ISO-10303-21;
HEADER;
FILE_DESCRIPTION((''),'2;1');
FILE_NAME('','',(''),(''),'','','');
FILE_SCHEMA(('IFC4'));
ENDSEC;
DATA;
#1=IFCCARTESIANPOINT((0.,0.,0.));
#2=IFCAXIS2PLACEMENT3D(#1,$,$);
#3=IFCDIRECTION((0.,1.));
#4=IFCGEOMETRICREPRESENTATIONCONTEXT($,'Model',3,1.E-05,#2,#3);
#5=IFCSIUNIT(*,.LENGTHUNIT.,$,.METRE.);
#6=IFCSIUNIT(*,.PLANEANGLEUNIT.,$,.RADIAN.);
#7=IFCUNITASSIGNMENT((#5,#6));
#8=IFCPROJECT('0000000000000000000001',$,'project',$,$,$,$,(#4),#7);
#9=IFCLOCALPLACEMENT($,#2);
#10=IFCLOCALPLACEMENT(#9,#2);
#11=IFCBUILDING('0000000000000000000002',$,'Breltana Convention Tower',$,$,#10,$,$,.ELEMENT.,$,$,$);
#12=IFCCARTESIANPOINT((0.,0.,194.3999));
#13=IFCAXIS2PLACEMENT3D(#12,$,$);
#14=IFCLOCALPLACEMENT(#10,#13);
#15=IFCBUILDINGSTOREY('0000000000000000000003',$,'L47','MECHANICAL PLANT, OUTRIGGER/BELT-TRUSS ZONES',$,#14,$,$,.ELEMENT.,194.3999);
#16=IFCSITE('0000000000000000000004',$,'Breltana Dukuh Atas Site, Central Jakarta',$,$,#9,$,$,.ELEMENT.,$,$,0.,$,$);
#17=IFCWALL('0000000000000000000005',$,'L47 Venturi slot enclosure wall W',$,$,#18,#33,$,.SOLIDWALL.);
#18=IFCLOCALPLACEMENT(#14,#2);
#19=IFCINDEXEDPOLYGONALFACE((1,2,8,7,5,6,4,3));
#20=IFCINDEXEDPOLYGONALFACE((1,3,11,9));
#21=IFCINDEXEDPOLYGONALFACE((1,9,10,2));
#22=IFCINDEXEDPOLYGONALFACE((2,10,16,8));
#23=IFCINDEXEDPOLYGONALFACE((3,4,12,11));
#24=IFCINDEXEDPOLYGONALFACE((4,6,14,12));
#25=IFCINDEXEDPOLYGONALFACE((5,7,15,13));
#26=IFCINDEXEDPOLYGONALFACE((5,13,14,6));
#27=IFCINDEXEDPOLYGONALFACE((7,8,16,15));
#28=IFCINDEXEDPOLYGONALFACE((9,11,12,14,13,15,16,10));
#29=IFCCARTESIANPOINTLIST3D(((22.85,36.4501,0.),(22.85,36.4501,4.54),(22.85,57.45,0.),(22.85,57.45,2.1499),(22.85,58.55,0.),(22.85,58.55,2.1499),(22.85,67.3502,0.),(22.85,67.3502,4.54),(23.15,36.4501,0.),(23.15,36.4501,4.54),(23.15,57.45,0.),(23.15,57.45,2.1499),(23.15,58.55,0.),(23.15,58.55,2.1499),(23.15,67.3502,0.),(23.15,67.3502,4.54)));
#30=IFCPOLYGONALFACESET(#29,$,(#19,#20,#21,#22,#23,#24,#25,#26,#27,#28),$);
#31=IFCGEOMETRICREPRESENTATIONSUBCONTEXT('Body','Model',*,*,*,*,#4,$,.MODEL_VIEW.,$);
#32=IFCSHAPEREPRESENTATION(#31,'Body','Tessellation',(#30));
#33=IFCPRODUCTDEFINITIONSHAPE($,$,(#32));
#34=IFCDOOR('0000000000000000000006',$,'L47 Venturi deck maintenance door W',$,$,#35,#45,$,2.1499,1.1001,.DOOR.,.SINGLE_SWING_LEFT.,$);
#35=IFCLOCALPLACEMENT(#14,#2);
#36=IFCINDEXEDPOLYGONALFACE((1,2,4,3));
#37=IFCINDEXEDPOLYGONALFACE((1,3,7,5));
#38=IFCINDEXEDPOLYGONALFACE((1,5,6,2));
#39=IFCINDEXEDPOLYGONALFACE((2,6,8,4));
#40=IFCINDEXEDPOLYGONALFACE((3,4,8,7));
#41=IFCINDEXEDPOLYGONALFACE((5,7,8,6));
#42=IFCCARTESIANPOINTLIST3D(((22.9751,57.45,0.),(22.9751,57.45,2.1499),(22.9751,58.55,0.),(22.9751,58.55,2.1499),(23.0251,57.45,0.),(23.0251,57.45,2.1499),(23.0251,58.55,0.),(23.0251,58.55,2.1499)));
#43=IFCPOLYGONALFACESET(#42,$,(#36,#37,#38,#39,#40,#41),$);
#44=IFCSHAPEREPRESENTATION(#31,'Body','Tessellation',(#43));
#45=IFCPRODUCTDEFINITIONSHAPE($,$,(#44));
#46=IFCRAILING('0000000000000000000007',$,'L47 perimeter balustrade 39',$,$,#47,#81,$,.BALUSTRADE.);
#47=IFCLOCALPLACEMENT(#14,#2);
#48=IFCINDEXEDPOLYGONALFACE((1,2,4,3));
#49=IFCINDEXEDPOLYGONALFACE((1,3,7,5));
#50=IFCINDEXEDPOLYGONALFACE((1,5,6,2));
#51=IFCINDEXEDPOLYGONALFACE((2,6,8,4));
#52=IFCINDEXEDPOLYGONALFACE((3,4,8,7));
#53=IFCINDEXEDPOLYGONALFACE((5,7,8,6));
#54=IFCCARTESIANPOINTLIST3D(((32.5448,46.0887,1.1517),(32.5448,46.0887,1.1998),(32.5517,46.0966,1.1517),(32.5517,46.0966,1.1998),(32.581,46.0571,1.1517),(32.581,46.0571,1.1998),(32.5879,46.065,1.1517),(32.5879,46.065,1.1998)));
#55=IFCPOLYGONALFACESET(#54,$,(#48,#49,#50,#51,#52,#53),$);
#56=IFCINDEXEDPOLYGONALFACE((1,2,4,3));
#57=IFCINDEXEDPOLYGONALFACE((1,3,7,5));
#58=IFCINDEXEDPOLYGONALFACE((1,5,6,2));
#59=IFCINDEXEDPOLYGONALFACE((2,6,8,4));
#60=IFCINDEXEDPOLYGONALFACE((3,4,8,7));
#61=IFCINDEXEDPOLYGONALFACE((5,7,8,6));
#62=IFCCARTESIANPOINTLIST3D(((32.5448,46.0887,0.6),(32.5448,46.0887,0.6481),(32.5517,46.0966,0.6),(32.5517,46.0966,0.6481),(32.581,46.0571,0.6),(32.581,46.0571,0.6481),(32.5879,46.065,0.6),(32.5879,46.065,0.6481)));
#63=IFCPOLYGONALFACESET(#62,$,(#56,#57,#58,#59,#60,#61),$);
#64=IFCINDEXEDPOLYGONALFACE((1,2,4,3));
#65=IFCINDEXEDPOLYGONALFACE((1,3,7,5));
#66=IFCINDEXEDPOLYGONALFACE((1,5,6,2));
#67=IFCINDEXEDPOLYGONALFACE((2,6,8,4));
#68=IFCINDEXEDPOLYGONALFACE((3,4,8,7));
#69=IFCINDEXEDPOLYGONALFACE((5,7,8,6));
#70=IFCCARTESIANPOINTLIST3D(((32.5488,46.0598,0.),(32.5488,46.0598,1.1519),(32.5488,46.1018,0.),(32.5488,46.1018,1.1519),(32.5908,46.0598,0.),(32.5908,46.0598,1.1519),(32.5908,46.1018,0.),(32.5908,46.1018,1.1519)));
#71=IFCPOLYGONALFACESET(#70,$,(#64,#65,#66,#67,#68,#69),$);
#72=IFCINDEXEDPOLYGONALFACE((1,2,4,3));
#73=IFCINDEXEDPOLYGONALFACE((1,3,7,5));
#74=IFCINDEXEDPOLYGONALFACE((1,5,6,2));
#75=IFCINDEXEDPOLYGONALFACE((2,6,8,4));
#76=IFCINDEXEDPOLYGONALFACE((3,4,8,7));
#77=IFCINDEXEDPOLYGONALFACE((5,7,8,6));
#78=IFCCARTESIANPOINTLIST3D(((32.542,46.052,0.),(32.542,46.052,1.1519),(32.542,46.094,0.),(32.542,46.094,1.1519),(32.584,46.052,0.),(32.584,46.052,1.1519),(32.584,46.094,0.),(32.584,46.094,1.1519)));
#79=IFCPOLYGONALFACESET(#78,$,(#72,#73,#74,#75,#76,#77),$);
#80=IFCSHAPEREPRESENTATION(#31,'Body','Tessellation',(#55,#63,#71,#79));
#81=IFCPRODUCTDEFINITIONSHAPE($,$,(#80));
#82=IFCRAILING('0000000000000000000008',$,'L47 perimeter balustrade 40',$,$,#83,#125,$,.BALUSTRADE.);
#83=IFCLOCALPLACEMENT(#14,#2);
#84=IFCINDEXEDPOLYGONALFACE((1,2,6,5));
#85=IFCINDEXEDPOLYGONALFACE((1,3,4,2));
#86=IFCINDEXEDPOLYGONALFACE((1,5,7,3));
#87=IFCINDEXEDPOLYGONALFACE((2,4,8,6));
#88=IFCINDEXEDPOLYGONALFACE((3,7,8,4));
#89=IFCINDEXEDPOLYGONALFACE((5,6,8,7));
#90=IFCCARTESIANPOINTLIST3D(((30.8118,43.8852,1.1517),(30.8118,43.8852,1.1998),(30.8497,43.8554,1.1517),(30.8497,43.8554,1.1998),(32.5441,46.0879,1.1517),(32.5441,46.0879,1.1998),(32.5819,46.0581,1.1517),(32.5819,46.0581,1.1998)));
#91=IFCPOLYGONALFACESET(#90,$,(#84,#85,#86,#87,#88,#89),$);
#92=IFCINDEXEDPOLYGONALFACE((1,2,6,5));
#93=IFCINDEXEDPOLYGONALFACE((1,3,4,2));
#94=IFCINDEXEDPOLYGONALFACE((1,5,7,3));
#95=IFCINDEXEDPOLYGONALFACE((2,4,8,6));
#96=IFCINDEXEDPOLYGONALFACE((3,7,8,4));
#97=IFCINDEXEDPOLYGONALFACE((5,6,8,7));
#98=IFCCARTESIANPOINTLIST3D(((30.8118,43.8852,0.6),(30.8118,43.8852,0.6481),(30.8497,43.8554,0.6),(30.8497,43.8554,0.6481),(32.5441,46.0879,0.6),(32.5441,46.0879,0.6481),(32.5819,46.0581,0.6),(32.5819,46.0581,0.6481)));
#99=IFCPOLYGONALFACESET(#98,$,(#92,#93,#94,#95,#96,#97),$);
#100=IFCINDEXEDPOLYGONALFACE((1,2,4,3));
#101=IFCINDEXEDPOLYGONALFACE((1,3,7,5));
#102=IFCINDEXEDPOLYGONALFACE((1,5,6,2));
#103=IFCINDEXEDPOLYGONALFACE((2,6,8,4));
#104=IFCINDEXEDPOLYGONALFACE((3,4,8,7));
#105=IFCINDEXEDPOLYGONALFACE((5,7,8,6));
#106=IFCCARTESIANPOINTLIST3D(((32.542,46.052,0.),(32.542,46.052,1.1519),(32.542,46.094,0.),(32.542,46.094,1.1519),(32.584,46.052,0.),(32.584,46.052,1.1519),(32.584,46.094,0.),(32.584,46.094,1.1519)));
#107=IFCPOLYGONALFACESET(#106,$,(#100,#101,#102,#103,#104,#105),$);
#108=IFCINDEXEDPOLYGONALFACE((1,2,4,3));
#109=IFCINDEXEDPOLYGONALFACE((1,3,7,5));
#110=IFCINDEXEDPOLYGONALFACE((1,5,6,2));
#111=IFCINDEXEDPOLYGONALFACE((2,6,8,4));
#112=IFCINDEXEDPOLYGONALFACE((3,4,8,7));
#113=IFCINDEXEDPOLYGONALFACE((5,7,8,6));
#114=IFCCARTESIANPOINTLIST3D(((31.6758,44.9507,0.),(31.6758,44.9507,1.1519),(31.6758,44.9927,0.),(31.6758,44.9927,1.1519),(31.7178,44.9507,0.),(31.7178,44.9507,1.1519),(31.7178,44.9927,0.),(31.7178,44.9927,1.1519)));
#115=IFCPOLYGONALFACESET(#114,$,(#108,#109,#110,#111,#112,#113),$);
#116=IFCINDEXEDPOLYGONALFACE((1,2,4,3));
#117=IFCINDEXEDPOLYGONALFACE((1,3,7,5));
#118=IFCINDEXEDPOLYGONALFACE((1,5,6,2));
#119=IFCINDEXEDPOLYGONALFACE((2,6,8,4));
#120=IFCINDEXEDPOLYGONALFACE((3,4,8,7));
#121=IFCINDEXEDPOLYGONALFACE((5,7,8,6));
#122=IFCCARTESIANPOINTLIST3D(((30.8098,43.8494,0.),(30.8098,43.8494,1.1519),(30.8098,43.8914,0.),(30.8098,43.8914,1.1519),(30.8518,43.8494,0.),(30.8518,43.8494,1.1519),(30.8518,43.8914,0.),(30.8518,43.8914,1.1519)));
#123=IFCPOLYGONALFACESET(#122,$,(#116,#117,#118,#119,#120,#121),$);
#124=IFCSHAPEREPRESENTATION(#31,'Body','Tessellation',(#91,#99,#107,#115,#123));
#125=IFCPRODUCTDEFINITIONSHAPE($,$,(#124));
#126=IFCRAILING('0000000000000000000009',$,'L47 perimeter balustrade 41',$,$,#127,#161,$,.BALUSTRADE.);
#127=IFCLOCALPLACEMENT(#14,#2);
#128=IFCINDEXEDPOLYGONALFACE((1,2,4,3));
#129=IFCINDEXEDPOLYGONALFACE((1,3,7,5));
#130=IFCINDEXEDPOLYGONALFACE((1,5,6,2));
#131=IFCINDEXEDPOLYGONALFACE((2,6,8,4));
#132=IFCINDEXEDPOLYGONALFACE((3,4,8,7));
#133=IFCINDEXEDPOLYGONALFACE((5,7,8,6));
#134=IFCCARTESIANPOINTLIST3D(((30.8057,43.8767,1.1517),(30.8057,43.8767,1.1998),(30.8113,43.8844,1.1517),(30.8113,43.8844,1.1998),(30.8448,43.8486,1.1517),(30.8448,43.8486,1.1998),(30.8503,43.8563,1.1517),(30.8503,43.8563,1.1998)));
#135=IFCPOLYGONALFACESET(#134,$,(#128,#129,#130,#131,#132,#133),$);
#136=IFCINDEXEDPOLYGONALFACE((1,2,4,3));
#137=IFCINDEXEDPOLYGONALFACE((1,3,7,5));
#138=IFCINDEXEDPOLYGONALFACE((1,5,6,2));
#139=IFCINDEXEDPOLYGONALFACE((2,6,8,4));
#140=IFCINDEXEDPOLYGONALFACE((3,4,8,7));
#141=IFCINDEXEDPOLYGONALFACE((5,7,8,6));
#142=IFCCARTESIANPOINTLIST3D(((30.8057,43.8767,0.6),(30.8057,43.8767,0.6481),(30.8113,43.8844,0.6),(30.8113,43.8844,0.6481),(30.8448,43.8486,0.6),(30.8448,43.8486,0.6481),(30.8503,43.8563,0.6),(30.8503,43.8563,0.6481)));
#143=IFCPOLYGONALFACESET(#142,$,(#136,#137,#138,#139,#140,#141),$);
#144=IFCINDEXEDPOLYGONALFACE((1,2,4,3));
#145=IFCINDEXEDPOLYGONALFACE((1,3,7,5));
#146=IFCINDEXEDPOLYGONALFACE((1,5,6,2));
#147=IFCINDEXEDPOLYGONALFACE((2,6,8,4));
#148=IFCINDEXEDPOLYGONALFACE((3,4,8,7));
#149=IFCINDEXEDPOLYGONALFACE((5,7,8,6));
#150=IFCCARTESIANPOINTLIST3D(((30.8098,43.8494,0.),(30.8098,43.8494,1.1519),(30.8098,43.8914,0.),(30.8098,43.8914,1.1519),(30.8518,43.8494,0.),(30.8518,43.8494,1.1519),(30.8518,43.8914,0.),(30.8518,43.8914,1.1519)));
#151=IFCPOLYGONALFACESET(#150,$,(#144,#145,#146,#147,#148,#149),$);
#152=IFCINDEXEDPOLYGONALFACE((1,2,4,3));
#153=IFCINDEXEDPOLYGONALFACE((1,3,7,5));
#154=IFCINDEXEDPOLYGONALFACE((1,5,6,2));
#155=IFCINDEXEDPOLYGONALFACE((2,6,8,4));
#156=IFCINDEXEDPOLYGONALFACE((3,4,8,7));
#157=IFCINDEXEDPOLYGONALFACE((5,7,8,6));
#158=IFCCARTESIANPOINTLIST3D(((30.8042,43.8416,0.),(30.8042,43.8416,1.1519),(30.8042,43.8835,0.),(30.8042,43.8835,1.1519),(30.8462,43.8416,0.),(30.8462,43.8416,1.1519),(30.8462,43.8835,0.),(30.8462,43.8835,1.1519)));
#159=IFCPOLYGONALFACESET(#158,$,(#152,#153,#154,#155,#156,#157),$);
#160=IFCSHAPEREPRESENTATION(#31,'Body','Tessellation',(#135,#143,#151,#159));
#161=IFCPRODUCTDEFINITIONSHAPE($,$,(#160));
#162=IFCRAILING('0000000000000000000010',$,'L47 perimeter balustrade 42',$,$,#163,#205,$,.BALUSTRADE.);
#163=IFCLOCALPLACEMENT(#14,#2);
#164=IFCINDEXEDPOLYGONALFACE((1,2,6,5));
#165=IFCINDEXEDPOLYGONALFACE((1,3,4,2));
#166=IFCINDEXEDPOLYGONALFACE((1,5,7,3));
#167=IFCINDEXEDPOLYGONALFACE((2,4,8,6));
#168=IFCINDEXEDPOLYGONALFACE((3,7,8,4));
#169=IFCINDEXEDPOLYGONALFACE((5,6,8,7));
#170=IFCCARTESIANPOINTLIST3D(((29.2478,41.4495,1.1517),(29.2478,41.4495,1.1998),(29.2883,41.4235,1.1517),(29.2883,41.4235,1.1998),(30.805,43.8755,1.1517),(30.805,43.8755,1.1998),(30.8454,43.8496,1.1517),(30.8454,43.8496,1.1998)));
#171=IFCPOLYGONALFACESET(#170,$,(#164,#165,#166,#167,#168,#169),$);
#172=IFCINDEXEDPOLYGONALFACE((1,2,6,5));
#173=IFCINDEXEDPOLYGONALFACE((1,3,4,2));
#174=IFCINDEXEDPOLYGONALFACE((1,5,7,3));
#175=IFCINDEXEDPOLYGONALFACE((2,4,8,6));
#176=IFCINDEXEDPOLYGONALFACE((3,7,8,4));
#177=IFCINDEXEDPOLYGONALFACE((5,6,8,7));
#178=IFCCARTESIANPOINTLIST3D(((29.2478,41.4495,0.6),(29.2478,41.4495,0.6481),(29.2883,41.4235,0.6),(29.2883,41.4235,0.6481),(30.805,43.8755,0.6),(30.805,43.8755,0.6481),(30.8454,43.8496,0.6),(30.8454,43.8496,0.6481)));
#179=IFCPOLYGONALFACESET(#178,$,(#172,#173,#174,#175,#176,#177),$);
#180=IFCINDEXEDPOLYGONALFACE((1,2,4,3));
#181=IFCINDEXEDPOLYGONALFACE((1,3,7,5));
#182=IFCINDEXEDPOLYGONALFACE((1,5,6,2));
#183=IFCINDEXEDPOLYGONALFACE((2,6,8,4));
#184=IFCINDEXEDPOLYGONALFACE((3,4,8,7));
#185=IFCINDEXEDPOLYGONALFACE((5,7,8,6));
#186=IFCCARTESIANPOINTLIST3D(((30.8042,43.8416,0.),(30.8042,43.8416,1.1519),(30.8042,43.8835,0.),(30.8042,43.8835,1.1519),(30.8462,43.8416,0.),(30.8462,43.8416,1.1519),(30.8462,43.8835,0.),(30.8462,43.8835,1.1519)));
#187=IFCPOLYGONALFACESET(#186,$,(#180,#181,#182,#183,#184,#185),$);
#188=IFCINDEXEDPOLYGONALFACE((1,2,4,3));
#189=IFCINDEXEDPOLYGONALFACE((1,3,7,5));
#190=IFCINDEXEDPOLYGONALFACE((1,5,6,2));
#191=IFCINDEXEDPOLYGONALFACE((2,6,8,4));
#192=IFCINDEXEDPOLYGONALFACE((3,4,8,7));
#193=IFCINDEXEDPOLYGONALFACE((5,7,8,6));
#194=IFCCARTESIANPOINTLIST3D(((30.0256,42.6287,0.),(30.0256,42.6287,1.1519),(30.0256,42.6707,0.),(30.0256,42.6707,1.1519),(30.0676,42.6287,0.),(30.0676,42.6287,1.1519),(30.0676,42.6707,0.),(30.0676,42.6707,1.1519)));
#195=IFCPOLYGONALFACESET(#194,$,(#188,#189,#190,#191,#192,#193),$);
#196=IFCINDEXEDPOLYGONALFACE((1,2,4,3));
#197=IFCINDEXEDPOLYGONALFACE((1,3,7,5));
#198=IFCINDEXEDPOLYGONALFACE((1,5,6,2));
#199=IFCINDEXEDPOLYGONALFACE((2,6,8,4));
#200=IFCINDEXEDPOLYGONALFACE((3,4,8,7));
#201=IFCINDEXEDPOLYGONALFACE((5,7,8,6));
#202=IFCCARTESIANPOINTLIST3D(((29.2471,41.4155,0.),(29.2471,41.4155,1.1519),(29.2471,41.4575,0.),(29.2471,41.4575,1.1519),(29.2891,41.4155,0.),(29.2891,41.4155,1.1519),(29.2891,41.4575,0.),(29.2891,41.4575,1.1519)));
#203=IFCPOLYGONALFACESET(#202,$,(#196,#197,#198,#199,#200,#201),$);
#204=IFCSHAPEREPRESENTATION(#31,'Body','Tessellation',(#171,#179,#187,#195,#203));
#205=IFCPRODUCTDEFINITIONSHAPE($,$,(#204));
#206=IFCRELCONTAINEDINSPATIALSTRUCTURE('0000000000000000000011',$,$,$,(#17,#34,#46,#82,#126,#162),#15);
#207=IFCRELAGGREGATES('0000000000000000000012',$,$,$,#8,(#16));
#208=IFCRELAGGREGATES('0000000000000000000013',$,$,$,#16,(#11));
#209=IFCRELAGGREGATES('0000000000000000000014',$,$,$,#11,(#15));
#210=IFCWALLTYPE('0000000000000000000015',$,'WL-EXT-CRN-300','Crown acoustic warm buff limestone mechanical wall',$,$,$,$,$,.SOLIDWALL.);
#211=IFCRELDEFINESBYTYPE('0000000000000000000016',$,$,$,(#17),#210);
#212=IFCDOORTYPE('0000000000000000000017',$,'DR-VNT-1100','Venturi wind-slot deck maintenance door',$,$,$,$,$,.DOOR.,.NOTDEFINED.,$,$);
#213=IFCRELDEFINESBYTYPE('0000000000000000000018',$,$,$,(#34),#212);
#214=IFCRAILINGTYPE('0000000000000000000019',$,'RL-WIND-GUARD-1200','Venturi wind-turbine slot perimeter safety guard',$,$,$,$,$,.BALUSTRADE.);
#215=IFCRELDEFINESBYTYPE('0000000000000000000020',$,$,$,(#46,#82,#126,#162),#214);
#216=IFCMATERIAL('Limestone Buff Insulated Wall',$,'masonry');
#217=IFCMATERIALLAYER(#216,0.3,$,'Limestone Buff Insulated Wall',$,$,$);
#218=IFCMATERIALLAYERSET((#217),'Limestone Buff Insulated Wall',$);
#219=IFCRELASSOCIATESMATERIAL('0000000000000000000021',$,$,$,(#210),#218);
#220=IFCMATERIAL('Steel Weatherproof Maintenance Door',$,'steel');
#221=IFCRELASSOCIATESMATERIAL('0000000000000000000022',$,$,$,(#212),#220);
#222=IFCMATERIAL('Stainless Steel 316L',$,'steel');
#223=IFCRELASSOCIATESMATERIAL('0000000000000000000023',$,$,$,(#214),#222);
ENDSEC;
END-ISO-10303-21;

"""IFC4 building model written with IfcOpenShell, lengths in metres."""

from ifc_helpers import new_model, si_unit, direction, frame, frame_2d, origin, origin_2d, place, context, subcontext, project, spatial, rectangle, extrude, source, transform, mapped, material, layer, layer_set, type_object, type_shapes, element, fill, save


model = new_model("IFC4")

# Units and contexts
model_context = context("Model", 3, precision=1e-05, world=origin(), true_north=direction((0.0, 1.0)))
body_context = subcontext(model_context, "Body", "Model", "MODEL_VIEW")
ifc_project = project(units=[si_unit("LENGTHUNIT", "METRE"), si_unit("PLANEANGLEUNIT", "RADIAN")], contexts=[model_context])

# Site, building, storey
site_placement = place(None, origin())
site = spatial("IfcSite", under=ifc_project, at=site_placement, Name="Breltana Dukuh Atas Site, Central Jakarta", CompositionType="ELEMENT", RefElevation=0.0)
building_placement = place(site_placement, origin())
building = spatial("IfcBuilding", under=site, at=building_placement, Name="Breltana Convention Tower", CompositionType="ELEMENT")
storey_placement = place(building_placement, frame((0.0, 0.0, 194.3999)))
storey = spatial("IfcBuildingStorey", under=building, at=storey_placement, Name="L47", Description="MECHANICAL PLANT, OUTRIGGER/BELT-TRUSS ZONES", CompositionType="ELEMENT", Elevation=194.3999)

# Wall, opening, door
ifc_material_1 = material(Name="Limestone Buff Insulated Wall", Category="masonry")
ifc_layer_1 = layer(ifc_material_1, 0.3, Name="Limestone Buff Insulated Wall")
ifc_layer_set_1 = layer_set([ifc_layer_1], Name="Limestone Buff Insulated Wall")
wall_type = type_object("IfcWallType", Name="WL-EXT-CRN-300", Description="Crown acoustic warm buff limestone mechanical wall", PredefinedType="SOLIDWALL", material=ifc_layer_set_1)
shared_shape_1 = source(origin(), body_context, "Body", "SweptSolid", [
    extrude(rectangle(XDim=30.9001, YDim=0.3, at=frame_2d((15.4502, 0.0))), origin(), (0.0, 0.0, 1.0), 4.54),
])
wall_placement = place(storey_placement, frame((23.0, 36.45, 0.0), z_axis=(0.0, 0.0, 1.0), x_axis=(0.0, 1.0, 0.0)))
wall = element("IfcWall", 1, at=wall_placement, inside=storey, type_object=wall_type, Name="L47 Venturi slot enclosure wall W", PredefinedType="SOLIDWALL", context=body_context, shape_type="MappedRepresentation", body=[
    mapped(shared_shape_1, transform((0.0, 0.0, 0.0), scale=1.0)),
])
opening_placement = place(wall_placement, frame((21.0, 0.0, 0.0)))
opening = element("IfcOpeningElement", 2, at=opening_placement, cuts=wall, PredefinedType="OPENING", context=body_context, shape_type="SweptSolid", body=[
    extrude(rectangle(XDim=1.1001, YDim=2.1499, at=frame_2d((0.55, 1.075))), frame((0.0, 0.1602, 0.0), z_axis=(0.0, -1.0, 0.0), x_axis=(1.0, 0.0, 0.0)), (0.0, 0.0, 1.0), 0.3201),
])
ifc_material_2 = material(Name="Steel Weatherproof Maintenance Door", Category="steel")
door_type = type_object("IfcDoorType", Name="DR-VNT-1100", Description="Venturi wind-slot deck maintenance door", OperationType="NOTDEFINED", PredefinedType="DOOR", material=ifc_material_2)
shared_shape_2 = source(origin(), body_context, "Body", "SweptSolid", [
    extrude(rectangle(XDim=1.1001, YDim=2.1499, at=frame_2d((0.55, 1.075))), frame((0.0, 0.0249, 0.0), z_axis=(0.0, -1.0, 0.0), x_axis=(1.0, 0.0, 0.0)), (0.0, 0.0, 1.0), 0.05),
])
type_shapes(door_type, [shared_shape_2])
door_placement = place(opening_placement, origin())
door = element("IfcDoor", 3, at=door_placement, inside=storey, type_object=door_type, Name="L47 Venturi deck maintenance door W", OperationType="SINGLE_SWING_LEFT", OverallHeight=2.1499, OverallWidth=1.1001, PredefinedType="DOOR", context=body_context, shape_type="MappedRepresentation", body=[
    mapped(shared_shape_2, transform((0.0, 0.0, 0.0), scale=1.0)),
])
fill(opening, door)

# Railings
ifc_material_3 = material(Name="Stainless Steel 316L", Category="steel")
railing_type = type_object("IfcRailingType", Name="RL-WIND-GUARD-1200", Description="Venturi wind-turbine slot perimeter safety guard", PredefinedType="BALUSTRADE", material=ifc_material_3)
railing_1_placement = place(storey_placement, frame((32.5698, 46.0808, 0.0)))
element("IfcRailing", 4, at=railing_1_placement, inside=storey, type_object=railing_type, Name="L47 perimeter balustrade 39", PredefinedType="BALUSTRADE", context=body_context, shape_type="SweptSolid", body=[
    extrude(rectangle(XDim=0.0481, YDim=0.0481, at=origin_2d()), frame((0.0, 0.0, 1.1758), z_axis=(-0.658505, -0.752577, 0.0), x_axis=(0.752577, -0.658505, 0.0)), (0.0, 0.0, 1.0), 0.0105),
    extrude(rectangle(XDim=0.0481, YDim=0.0481, at=origin_2d()), frame((0.0, 0.0, 0.624), z_axis=(-0.658505, -0.752577, 0.0), x_axis=(0.752577, -0.658505, 0.0)), (0.0, 0.0, 1.0), 0.0105),
    extrude(rectangle(XDim=0.042, YDim=0.042, at=origin_2d()), origin(), (0.0, 0.0, 1.0), 1.1519),
    extrude(rectangle(XDim=0.042, YDim=0.042, at=origin_2d()), frame((-0.0068, -0.0078, 0.0)), (0.0, 0.0, 1.0), 1.1519),
])
railing_2_placement = place(storey_placement, frame((32.563, 46.073, 0.0)))
element("IfcRailing", 5, at=railing_2_placement, inside=storey, type_object=railing_type, Name="L47 perimeter balustrade 40", PredefinedType="BALUSTRADE", context=body_context, shape_type="SweptSolid", body=[
    extrude(rectangle(XDim=0.0481, YDim=0.0481, at=origin_2d()), frame((0.0, 0.0, 1.1758), z_axis=(-0.61816, -0.786052, 0.0), x_axis=(0.786052, -0.61816, 0.0)), (0.0, 0.0, 1.0), 2.8022),
    extrude(rectangle(XDim=0.0481, YDim=0.0481, at=origin_2d()), frame((0.0, 0.0, 0.624), z_axis=(-0.61816, -0.786052, 0.0), x_axis=(0.786052, -0.61816, 0.0)), (0.0, 0.0, 1.0), 2.8022),
    extrude(rectangle(XDim=0.042, YDim=0.042, at=origin_2d()), origin(), (0.0, 0.0, 1.0), 1.1519),
    extrude(rectangle(XDim=0.042, YDim=0.042, at=origin_2d()), frame((-0.8662, -1.1013, 0.0)), (0.0, 0.0, 1.0), 1.1519),
    extrude(rectangle(XDim=0.042, YDim=0.042, at=origin_2d()), frame((-1.7322, -2.2026, 0.0)), (0.0, 0.0, 1.0), 1.1519),
])
railing_3_placement = place(storey_placement, frame((30.8308, 43.8704, 0.0)))
element("IfcRailing", 6, at=railing_3_placement, inside=storey, type_object=railing_type, Name="L47 perimeter balustrade 41", PredefinedType="BALUSTRADE", context=body_context, shape_type="SweptSolid", body=[
    extrude(rectangle(XDim=0.0481, YDim=0.0481, at=origin_2d()), frame((0.0, 0.0, 1.1758), z_axis=(-0.583636, -0.812015, 0.0), x_axis=(0.812015, -0.583636, 0.0)), (0.0, 0.0, 1.0), 0.0095),
    extrude(rectangle(XDim=0.0481, YDim=0.0481, at=origin_2d()), frame((0.0, 0.0, 0.624), z_axis=(-0.583636, -0.812015, 0.0), x_axis=(0.812015, -0.583636, 0.0)), (0.0, 0.0, 1.0), 0.0095),
    extrude(rectangle(XDim=0.042, YDim=0.042, at=origin_2d()), origin(), (0.0, 0.0, 1.0), 1.1519),
    extrude(rectangle(XDim=0.042, YDim=0.042, at=origin_2d()), frame((-0.0056, -0.0078, 0.0)), (0.0, 0.0, 1.0), 1.1519),
])
railing_4_placement = place(storey_placement, frame((30.8252, 43.8625, 0.0)))
element("IfcRailing", 7, at=railing_4_placement, inside=storey, type_object=railing_type, Name="L47 perimeter balustrade 42", PredefinedType="BALUSTRADE", context=body_context, shape_type="SweptSolid", body=[
    extrude(rectangle(XDim=0.0481, YDim=0.0481, at=origin_2d()), frame((0.0, 0.0, 1.1758), z_axis=(-0.540154, -0.841566, 0.0), x_axis=(0.841566, -0.540154, 0.0)), (0.0, 0.0, 1.0), 2.8828),
    extrude(rectangle(XDim=0.0481, YDim=0.0481, at=origin_2d()), frame((0.0, 0.0, 0.624), z_axis=(-0.540154, -0.841566, 0.0), x_axis=(0.841566, -0.540154, 0.0)), (0.0, 0.0, 1.0), 2.8828),
    extrude(rectangle(XDim=0.042, YDim=0.042, at=origin_2d()), origin(), (0.0, 0.0, 1.0), 1.1519),
    extrude(rectangle(XDim=0.042, YDim=0.042, at=origin_2d()), frame((-0.7786, -1.2129, 0.0)), (0.0, 0.0, 1.0), 1.1519),
    extrude(rectangle(XDim=0.042, YDim=0.042, at=origin_2d()), frame((-1.5571, -2.426, 0.0)), (0.0, 0.0, 1.0), 1.1519),
])

save(model, "model.ifc")
